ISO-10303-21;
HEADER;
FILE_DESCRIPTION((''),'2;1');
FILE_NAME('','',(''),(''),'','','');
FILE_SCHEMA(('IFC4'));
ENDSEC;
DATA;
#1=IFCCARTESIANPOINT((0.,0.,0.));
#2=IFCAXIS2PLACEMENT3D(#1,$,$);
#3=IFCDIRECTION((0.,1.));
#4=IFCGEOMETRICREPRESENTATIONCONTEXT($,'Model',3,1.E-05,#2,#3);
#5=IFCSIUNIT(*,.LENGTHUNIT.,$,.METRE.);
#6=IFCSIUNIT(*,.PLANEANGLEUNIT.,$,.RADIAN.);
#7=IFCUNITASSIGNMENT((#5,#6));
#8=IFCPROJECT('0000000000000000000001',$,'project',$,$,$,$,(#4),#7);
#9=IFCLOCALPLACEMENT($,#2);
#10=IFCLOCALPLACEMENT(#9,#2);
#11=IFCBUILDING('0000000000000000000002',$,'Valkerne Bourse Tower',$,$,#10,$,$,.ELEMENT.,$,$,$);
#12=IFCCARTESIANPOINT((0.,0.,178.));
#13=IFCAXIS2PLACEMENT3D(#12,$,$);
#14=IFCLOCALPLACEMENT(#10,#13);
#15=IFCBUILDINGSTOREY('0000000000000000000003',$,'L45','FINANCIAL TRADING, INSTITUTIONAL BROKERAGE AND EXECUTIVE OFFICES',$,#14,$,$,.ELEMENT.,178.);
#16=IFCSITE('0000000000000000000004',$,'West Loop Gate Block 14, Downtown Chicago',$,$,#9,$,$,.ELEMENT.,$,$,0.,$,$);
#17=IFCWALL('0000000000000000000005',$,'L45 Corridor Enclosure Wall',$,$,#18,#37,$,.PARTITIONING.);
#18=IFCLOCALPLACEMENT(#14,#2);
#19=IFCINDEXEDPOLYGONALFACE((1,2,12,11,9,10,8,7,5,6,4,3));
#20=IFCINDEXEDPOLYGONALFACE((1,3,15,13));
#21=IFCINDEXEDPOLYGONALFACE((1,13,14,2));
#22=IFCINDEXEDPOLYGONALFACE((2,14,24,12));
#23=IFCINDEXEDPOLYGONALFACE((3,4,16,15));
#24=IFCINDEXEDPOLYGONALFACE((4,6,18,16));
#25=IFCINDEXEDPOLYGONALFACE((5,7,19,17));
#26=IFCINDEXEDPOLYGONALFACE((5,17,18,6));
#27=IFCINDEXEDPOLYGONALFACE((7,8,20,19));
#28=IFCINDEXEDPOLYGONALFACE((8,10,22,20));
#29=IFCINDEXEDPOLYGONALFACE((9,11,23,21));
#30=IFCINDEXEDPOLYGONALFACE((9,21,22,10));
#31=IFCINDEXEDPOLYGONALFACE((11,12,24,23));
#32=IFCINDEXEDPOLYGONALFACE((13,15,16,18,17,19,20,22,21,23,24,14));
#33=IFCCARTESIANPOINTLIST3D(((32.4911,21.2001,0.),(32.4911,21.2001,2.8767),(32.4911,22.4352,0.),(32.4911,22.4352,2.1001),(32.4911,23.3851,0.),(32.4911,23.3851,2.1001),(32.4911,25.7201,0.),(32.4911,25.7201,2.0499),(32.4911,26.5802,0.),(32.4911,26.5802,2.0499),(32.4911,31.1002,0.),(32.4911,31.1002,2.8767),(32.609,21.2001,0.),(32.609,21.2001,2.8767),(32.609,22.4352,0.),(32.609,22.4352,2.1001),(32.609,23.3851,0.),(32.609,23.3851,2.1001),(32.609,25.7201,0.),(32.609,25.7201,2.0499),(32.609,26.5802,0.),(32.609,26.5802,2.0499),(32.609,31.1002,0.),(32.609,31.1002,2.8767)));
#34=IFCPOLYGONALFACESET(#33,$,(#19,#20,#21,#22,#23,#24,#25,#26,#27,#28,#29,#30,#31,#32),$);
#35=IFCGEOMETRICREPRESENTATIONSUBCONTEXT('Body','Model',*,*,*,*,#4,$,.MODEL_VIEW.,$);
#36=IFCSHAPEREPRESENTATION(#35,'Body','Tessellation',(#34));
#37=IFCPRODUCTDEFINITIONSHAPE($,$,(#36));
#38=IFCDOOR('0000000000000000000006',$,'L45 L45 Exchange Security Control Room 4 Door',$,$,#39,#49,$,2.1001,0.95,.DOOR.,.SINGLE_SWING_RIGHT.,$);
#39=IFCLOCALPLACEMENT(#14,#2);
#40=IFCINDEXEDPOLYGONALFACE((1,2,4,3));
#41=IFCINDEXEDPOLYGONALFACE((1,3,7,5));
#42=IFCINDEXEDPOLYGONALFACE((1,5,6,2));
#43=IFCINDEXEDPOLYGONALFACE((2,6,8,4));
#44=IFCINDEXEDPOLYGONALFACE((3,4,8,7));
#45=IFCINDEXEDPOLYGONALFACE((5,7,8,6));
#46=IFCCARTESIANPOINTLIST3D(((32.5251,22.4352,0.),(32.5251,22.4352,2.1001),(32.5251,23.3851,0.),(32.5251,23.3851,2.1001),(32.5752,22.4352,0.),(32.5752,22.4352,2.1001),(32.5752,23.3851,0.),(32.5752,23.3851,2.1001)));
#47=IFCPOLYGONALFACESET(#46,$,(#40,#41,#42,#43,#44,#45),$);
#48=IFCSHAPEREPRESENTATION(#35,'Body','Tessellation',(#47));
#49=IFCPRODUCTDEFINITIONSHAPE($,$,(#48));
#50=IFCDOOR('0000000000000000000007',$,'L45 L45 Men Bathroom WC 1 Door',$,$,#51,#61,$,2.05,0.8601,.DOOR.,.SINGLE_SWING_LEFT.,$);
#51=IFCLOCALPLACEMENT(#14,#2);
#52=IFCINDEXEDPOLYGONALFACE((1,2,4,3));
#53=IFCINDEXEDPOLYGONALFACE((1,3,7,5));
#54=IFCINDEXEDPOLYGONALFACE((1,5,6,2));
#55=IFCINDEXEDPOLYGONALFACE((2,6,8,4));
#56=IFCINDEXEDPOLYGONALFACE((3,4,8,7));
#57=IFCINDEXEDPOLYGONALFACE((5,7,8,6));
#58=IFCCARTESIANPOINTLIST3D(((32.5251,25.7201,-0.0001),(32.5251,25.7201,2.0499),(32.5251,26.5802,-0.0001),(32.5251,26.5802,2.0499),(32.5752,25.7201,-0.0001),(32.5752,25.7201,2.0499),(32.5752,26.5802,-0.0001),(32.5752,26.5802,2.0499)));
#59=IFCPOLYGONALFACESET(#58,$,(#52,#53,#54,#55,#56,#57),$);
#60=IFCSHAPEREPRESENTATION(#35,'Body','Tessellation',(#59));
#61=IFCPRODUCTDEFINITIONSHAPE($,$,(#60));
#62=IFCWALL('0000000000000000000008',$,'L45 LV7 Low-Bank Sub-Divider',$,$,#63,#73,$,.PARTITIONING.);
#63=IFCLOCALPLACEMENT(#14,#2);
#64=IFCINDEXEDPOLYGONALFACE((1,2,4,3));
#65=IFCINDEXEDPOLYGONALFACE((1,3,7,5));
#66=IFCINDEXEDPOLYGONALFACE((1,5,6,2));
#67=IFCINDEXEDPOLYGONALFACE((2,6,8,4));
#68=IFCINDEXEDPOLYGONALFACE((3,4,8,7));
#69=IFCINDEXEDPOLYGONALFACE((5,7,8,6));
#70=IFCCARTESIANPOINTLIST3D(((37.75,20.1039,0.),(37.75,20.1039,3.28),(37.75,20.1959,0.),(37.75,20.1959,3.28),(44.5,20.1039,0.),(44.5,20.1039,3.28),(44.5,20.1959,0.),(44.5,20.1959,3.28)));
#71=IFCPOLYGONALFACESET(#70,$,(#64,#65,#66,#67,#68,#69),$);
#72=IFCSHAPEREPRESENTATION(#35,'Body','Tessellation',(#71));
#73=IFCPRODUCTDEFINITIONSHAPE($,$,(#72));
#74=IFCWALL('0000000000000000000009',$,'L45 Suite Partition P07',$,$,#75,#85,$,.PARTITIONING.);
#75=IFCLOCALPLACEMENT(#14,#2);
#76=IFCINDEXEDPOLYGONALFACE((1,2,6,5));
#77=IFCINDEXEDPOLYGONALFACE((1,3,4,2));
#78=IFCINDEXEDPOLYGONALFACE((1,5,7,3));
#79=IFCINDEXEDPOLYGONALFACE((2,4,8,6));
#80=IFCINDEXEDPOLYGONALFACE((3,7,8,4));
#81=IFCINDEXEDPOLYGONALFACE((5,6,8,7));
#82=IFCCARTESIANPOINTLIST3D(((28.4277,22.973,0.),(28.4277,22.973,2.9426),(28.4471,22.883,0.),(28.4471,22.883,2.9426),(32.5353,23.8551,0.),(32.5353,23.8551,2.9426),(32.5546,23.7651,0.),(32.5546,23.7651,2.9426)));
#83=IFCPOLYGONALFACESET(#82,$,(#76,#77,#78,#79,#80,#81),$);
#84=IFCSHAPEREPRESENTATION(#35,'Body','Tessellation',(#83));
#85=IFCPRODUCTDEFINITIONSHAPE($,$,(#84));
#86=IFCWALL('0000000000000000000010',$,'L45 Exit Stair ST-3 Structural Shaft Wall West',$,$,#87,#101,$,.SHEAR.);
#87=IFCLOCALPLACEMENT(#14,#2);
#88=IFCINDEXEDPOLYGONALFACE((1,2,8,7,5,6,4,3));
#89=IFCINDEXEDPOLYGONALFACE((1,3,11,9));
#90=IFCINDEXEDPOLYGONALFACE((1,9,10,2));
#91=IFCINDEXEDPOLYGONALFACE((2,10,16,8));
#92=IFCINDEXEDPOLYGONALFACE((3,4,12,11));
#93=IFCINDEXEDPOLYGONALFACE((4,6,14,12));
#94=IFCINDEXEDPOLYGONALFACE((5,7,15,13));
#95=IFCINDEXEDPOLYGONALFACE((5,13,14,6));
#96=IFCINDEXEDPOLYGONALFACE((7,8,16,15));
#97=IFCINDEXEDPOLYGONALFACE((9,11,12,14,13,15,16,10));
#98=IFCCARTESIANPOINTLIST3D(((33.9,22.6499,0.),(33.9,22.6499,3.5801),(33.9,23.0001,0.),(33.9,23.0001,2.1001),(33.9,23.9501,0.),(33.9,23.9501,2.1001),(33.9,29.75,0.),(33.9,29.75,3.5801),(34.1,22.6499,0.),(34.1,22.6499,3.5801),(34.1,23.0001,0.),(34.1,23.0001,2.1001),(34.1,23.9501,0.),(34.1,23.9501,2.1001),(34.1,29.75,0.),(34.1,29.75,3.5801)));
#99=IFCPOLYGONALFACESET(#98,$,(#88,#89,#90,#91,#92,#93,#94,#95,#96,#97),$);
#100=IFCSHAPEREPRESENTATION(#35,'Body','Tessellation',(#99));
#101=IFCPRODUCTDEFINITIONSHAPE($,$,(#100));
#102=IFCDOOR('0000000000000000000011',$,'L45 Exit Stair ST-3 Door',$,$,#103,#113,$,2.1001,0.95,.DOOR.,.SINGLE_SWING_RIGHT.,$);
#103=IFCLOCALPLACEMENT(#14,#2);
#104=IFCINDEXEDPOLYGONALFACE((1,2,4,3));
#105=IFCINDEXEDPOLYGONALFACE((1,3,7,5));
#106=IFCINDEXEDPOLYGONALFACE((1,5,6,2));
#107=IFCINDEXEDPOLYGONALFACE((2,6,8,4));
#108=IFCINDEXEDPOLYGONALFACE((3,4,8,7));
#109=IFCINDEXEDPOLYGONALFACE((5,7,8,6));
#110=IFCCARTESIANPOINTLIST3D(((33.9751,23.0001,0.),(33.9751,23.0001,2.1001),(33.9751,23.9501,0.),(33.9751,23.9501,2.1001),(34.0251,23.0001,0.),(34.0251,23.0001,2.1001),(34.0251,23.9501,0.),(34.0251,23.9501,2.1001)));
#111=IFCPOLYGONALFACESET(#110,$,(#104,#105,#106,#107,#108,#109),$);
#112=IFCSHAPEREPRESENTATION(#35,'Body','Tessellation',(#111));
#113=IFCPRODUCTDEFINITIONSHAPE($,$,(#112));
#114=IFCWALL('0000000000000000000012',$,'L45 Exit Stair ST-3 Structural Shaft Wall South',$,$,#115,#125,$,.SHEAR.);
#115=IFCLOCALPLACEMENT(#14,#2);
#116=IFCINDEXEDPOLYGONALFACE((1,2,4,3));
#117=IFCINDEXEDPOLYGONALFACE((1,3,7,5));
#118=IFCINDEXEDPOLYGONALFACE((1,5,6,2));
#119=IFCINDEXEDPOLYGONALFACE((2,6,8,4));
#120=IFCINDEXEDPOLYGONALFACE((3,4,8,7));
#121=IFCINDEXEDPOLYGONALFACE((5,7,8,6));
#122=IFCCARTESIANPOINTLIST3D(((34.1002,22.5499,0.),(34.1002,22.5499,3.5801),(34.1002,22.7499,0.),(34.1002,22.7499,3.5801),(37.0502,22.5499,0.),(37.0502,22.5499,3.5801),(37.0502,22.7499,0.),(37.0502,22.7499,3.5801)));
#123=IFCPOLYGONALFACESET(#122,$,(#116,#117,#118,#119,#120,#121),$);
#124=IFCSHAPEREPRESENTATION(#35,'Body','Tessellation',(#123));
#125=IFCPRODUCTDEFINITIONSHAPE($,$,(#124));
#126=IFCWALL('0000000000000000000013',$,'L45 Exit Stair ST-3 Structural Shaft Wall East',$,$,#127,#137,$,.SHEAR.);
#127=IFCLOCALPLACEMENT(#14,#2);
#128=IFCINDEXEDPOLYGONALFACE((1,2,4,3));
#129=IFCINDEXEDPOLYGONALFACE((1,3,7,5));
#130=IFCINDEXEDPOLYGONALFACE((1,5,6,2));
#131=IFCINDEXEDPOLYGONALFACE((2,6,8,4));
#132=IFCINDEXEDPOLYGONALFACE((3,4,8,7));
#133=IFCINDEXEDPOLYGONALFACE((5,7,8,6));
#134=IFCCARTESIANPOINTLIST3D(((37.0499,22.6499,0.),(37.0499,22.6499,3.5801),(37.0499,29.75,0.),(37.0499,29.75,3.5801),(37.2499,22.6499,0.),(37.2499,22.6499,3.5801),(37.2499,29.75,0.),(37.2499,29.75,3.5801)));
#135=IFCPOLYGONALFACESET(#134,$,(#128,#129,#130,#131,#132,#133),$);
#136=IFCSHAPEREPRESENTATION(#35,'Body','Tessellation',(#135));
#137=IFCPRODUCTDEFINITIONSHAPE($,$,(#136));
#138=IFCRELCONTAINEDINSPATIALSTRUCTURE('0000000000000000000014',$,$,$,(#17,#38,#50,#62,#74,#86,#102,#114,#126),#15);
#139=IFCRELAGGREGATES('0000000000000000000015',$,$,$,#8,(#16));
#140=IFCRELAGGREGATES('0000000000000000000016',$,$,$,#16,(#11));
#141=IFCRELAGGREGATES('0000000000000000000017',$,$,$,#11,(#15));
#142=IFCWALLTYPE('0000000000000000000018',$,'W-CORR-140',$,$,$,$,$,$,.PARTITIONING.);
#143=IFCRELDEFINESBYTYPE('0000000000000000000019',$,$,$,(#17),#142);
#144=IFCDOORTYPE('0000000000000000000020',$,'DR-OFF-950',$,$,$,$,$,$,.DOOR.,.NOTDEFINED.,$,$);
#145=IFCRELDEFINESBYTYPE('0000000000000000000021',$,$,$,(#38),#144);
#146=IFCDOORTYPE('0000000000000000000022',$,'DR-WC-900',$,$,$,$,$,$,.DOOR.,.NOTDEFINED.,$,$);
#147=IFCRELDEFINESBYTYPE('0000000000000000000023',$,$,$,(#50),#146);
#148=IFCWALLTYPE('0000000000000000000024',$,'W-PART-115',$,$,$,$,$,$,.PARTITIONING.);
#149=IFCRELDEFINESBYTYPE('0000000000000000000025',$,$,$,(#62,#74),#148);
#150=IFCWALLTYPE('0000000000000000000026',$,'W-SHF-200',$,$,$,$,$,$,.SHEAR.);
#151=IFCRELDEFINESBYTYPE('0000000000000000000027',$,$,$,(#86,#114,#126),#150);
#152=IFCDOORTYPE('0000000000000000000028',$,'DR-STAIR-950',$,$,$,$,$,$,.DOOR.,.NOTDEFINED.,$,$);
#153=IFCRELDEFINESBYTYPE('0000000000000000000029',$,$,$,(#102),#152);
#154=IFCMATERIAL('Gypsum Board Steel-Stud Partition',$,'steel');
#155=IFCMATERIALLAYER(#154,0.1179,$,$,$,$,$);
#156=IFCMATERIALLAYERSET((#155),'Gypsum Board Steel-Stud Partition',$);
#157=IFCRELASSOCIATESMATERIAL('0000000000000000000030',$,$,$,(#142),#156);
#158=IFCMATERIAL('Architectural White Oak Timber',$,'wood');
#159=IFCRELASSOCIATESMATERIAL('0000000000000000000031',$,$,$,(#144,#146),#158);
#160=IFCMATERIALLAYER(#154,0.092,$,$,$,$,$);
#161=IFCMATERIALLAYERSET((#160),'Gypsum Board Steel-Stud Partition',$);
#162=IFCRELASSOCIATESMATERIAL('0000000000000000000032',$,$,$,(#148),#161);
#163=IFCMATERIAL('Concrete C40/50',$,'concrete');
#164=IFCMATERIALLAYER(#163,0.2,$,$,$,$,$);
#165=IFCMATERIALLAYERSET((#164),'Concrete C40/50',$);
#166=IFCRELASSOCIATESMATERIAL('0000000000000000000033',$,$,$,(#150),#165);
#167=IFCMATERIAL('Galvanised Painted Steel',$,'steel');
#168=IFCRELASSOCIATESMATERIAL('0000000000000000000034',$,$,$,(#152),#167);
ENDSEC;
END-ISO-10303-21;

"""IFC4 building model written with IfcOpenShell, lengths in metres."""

from ifc_helpers import new_model, si_unit, direction, frame, frame_2d, origin, place, context, subcontext, project, spatial, rectangle, extrude, material, layer, layer_set, type_object, element, fill, save


model = new_model("IFC4")

# Units and contexts
model_context = context("Model", 3, precision=1e-05, world=origin(), true_north=direction((0.0, 1.0)))
body_context = subcontext(model_context, "Body", "Model", "MODEL_VIEW")
ifc_project = project(units=[si_unit("LENGTHUNIT", "METRE"), si_unit("PLANEANGLEUNIT", "RADIAN")], contexts=[model_context])

# Site, building, storey
site_placement = place(None, origin())
site = spatial("IfcSite", under=ifc_project, at=site_placement, Name="West Loop Gate Block 14, Downtown Chicago", CompositionType="ELEMENT", RefElevation=0.0)
building_placement = place(site_placement, origin())
building = spatial("IfcBuilding", under=site, at=building_placement, Name="Valkerne Bourse Tower", CompositionType="ELEMENT")
storey_placement = place(building_placement, frame((0.0, 0.0, 178.0)))
storey = spatial("IfcBuildingStorey", under=building, at=storey_placement, Name="L45", Description="FINANCIAL TRADING, INSTITUTIONAL BROKERAGE AND EXECUTIVE OFFICES", CompositionType="ELEMENT", Elevation=178.0)

# Shared definitions
ifc_material_1 = material(Name="Gypsum Board Steel-Stud Partition", Category="steel")
ifc_layer_1 = layer(ifc_material_1, 0.1179)
ifc_layer_set_1 = layer_set([ifc_layer_1], Name="Gypsum Board Steel-Stud Partition")
wall_type_1 = type_object("IfcWallType", Name="W-CORR-140", PredefinedType="PARTITIONING", material=ifc_layer_set_1)

# Wall, openings, doors
wall_1_placement = place(storey_placement, frame((32.55, 21.2, 0.0), z_axis=(0.0, 0.0, 1.0), x_axis=(0.0, 1.0, 0.0)))
wall_1 = element("IfcWall", 1, at=wall_1_placement, inside=storey, type_object=wall_type_1, Name="L45 Corridor Enclosure Wall", PredefinedType="PARTITIONING", context=body_context, shape_type="SweptSolid", body=[
    extrude(rectangle(XDim=9.9001, YDim=0.1179, at=frame_2d((4.9502, 0.0))), origin(), (0.0, 0.0, 1.0), 2.8767),
])
opening_1_placement = place(wall_1_placement, frame((4.52, 0.0, 0.0)))
opening_1 = element("IfcOpeningElement", 2, at=opening_1_placement, cuts=wall_1, PredefinedType="OPENING", context=body_context, shape_type="SweptSolid", body=[
    extrude(rectangle(XDim=0.8601, YDim=2.05, at=frame_2d((0.4302, 1.0249))), frame((0.0, 0.0688, 0.0), z_axis=(0.0, -1.0, 0.0), x_axis=(1.0, 0.0, 0.0)), (0.0, 0.0, 1.0), 0.1379),
])
opening_2_placement = place(wall_1_placement, frame((1.2351, 0.0, 0.0)))
opening_2 = element("IfcOpeningElement", 3, at=opening_2_placement, cuts=wall_1, PredefinedType="OPENING", context=body_context, shape_type="SweptSolid", body=[
    extrude(rectangle(XDim=0.95, YDim=2.1001, at=frame_2d((0.4751, 1.05))), frame((0.0, 0.0688, 0.0), z_axis=(0.0, -1.0, 0.0), x_axis=(1.0, 0.0, 0.0)), (0.0, 0.0, 1.0), 0.1379),
])
ifc_material_2 = material(Name="Architectural White Oak Timber", Category="wood")
door_type_1 = type_object("IfcDoorType", Name="DR-OFF-950", OperationType="NOTDEFINED", PredefinedType="DOOR", material=ifc_material_2)
door_1_placement = place(opening_2_placement, origin())
door_1 = element("IfcDoor", 4, at=door_1_placement, inside=storey, type_object=door_type_1, Name="L45 L45 Exchange Security Control Room 4 Door", OperationType="SINGLE_SWING_RIGHT", OverallHeight=2.1001, OverallWidth=0.95, PredefinedType="DOOR", context=body_context, shape_type="SweptSolid", body=[
    extrude(rectangle(XDim=0.95, YDim=2.1001, at=frame_2d((0.4751, 1.05))), frame((0.0, 0.0249, 0.0), z_axis=(0.0, -1.0, 0.0), x_axis=(1.0, 0.0, 0.0)), (0.0, 0.0, 1.0), 0.05),
])
fill(opening_2, door_1)
door_type_2 = type_object("IfcDoorType", Name="DR-WC-900", OperationType="NOTDEFINED", PredefinedType="DOOR", material=ifc_material_2)
door_2_placement = place(opening_1_placement, origin())
door_2 = element("IfcDoor", 5, at=door_2_placement, inside=storey, type_object=door_type_2, Name="L45 L45 Men Bathroom WC 1 Door", OperationType="SINGLE_SWING_LEFT", OverallHeight=2.05, OverallWidth=0.8601, PredefinedType="DOOR", context=body_context, shape_type="SweptSolid", body=[
    extrude(rectangle(XDim=0.8601, YDim=2.05, at=frame_2d((0.4302, 1.0249))), frame((0.0, 0.0249, 0.0), z_axis=(0.0, -1.0, 0.0), x_axis=(1.0, 0.0, 0.0)), (0.0, 0.0, 1.0), 0.05),
])
fill(opening_1, door_2)

# Walls
ifc_layer_2 = layer(ifc_material_1, 0.092)
ifc_layer_set_2 = layer_set([ifc_layer_2], Name="Gypsum Board Steel-Stud Partition")
wall_type_2 = type_object("IfcWallType", Name="W-PART-115", PredefinedType="PARTITIONING", material=ifc_layer_set_2)
wall_2_placement = place(storey_placement, frame((37.75, 20.1499, 0.0), z_axis=(0.0, 0.0, 1.0), x_axis=(1.0, 0.0, 0.0)))
element("IfcWall", 6, at=wall_2_placement, inside=storey, type_object=wall_type_2, Name="L45 LV7 Low-Bank Sub-Divider", PredefinedType="PARTITIONING", context=body_context, shape_type="SweptSolid", body=[
    extrude(rectangle(XDim=6.75, YDim=0.092, at=frame_2d((3.375, 0.0))), origin(), (0.0, 0.0, 1.0), 3.28),
])
wall_3_placement = place(storey_placement, frame((32.5449, 23.8101, 0.0), z_axis=(0.0, 0.0, 1.0), x_axis=(-0.977709, -0.209966, 0.0)))
element("IfcWall", 7, at=wall_3_placement, inside=storey, type_object=wall_type_2, Name="L45 Suite Partition P07", PredefinedType="PARTITIONING", context=body_context, shape_type="SweptSolid", body=[
    extrude(rectangle(XDim=4.2012, YDim=0.092, at=frame_2d((2.1006, 0.0))), origin(), (0.0, 0.0, 1.0), 2.9426),
])

# Wall, opening, door
ifc_material_3 = material(Name="Concrete C40/50", Category="concrete")
ifc_layer_3 = layer(ifc_material_3, 0.2)
ifc_layer_set_3 = layer_set([ifc_layer_3], Name="Concrete C40/50")
wall_type_3 = type_object("IfcWallType", Name="W-SHF-200", PredefinedType="SHEAR", material=ifc_layer_set_3)
wall_4_placement = place(storey_placement, frame((34.0, 22.6499, 0.0), z_axis=(0.0, 0.0, 1.0), x_axis=(0.0, 1.0, 0.0)))
wall_4 = element("IfcWall", 8, at=wall_4_placement, inside=storey, type_object=wall_type_3, Name="L45 Exit Stair ST-3 Structural Shaft Wall West", PredefinedType="SHEAR", context=body_context, shape_type="SweptSolid", body=[
    extrude(rectangle(XDim=7.1001, YDim=0.2, at=frame_2d((3.55, 0.0))), origin(), (0.0, 0.0, 1.0), 3.5801),
])
opening_3_placement = place(wall_4_placement, frame((0.3501, 0.0, 0.0)))
opening_3 = element("IfcOpeningElement", 9, at=opening_3_placement, cuts=wall_4, PredefinedType="OPENING", context=body_context, shape_type="SweptSolid", body=[
    extrude(rectangle(XDim=0.95, YDim=2.1001, at=frame_2d((0.4751, 1.05))), frame((0.0, 0.1099, 0.0), z_axis=(0.0, -1.0, 0.0), x_axis=(1.0, 0.0, 0.0)), (0.0, 0.0, 1.0), 0.22),
])
ifc_material_4 = material(Name="Galvanised Painted Steel", Category="steel")
door_type_3 = type_object("IfcDoorType", Name="DR-STAIR-950", OperationType="NOTDEFINED", PredefinedType="DOOR", material=ifc_material_4)
door_3_placement = place(opening_3_placement, origin())
door_3 = element("IfcDoor", 10, at=door_3_placement, inside=storey, type_object=door_type_3, Name="L45 Exit Stair ST-3 Door", OperationType="SINGLE_SWING_RIGHT", OverallHeight=2.1001, OverallWidth=0.95, PredefinedType="DOOR", context=body_context, shape_type="SweptSolid", body=[
    extrude(rectangle(XDim=0.95, YDim=2.1001, at=frame_2d((0.4751, 1.05))), frame((0.0, 0.0249, 0.0), z_axis=(0.0, -1.0, 0.0), x_axis=(1.0, 0.0, 0.0)), (0.0, 0.0, 1.0), 0.05),
])
fill(opening_3, door_3)

# Walls
wall_5_placement = place(storey_placement, frame((34.1001, 22.6499, 0.0), z_axis=(0.0, 0.0, 1.0), x_axis=(1.0, 0.0, 0.0)))
element("IfcWall", 11, at=wall_5_placement, inside=storey, type_object=wall_type_3, Name="L45 Exit Stair ST-3 Structural Shaft Wall South", PredefinedType="SHEAR", context=body_context, shape_type="SweptSolid", body=[
    extrude(rectangle(XDim=2.95, YDim=0.2, at=frame_2d((1.4751, 0.0))), origin(), (0.0, 0.0, 1.0), 3.5801),
])
wall_6_placement = place(storey_placement, frame((37.1499, 22.6499, 0.0), z_axis=(0.0, 0.0, 1.0), x_axis=(0.0, 1.0, 0.0)))
element("IfcWall", 12, at=wall_6_placement, inside=storey, type_object=wall_type_3, Name="L45 Exit Stair ST-3 Structural Shaft Wall East", PredefinedType="SHEAR", context=body_context, shape_type="SweptSolid", body=[
    extrude(rectangle(XDim=7.1001, YDim=0.2, at=frame_2d((3.55, 0.0))), origin(), (0.0, 0.0, 1.0), 3.5801),
])

save(model, "model.ifc")
